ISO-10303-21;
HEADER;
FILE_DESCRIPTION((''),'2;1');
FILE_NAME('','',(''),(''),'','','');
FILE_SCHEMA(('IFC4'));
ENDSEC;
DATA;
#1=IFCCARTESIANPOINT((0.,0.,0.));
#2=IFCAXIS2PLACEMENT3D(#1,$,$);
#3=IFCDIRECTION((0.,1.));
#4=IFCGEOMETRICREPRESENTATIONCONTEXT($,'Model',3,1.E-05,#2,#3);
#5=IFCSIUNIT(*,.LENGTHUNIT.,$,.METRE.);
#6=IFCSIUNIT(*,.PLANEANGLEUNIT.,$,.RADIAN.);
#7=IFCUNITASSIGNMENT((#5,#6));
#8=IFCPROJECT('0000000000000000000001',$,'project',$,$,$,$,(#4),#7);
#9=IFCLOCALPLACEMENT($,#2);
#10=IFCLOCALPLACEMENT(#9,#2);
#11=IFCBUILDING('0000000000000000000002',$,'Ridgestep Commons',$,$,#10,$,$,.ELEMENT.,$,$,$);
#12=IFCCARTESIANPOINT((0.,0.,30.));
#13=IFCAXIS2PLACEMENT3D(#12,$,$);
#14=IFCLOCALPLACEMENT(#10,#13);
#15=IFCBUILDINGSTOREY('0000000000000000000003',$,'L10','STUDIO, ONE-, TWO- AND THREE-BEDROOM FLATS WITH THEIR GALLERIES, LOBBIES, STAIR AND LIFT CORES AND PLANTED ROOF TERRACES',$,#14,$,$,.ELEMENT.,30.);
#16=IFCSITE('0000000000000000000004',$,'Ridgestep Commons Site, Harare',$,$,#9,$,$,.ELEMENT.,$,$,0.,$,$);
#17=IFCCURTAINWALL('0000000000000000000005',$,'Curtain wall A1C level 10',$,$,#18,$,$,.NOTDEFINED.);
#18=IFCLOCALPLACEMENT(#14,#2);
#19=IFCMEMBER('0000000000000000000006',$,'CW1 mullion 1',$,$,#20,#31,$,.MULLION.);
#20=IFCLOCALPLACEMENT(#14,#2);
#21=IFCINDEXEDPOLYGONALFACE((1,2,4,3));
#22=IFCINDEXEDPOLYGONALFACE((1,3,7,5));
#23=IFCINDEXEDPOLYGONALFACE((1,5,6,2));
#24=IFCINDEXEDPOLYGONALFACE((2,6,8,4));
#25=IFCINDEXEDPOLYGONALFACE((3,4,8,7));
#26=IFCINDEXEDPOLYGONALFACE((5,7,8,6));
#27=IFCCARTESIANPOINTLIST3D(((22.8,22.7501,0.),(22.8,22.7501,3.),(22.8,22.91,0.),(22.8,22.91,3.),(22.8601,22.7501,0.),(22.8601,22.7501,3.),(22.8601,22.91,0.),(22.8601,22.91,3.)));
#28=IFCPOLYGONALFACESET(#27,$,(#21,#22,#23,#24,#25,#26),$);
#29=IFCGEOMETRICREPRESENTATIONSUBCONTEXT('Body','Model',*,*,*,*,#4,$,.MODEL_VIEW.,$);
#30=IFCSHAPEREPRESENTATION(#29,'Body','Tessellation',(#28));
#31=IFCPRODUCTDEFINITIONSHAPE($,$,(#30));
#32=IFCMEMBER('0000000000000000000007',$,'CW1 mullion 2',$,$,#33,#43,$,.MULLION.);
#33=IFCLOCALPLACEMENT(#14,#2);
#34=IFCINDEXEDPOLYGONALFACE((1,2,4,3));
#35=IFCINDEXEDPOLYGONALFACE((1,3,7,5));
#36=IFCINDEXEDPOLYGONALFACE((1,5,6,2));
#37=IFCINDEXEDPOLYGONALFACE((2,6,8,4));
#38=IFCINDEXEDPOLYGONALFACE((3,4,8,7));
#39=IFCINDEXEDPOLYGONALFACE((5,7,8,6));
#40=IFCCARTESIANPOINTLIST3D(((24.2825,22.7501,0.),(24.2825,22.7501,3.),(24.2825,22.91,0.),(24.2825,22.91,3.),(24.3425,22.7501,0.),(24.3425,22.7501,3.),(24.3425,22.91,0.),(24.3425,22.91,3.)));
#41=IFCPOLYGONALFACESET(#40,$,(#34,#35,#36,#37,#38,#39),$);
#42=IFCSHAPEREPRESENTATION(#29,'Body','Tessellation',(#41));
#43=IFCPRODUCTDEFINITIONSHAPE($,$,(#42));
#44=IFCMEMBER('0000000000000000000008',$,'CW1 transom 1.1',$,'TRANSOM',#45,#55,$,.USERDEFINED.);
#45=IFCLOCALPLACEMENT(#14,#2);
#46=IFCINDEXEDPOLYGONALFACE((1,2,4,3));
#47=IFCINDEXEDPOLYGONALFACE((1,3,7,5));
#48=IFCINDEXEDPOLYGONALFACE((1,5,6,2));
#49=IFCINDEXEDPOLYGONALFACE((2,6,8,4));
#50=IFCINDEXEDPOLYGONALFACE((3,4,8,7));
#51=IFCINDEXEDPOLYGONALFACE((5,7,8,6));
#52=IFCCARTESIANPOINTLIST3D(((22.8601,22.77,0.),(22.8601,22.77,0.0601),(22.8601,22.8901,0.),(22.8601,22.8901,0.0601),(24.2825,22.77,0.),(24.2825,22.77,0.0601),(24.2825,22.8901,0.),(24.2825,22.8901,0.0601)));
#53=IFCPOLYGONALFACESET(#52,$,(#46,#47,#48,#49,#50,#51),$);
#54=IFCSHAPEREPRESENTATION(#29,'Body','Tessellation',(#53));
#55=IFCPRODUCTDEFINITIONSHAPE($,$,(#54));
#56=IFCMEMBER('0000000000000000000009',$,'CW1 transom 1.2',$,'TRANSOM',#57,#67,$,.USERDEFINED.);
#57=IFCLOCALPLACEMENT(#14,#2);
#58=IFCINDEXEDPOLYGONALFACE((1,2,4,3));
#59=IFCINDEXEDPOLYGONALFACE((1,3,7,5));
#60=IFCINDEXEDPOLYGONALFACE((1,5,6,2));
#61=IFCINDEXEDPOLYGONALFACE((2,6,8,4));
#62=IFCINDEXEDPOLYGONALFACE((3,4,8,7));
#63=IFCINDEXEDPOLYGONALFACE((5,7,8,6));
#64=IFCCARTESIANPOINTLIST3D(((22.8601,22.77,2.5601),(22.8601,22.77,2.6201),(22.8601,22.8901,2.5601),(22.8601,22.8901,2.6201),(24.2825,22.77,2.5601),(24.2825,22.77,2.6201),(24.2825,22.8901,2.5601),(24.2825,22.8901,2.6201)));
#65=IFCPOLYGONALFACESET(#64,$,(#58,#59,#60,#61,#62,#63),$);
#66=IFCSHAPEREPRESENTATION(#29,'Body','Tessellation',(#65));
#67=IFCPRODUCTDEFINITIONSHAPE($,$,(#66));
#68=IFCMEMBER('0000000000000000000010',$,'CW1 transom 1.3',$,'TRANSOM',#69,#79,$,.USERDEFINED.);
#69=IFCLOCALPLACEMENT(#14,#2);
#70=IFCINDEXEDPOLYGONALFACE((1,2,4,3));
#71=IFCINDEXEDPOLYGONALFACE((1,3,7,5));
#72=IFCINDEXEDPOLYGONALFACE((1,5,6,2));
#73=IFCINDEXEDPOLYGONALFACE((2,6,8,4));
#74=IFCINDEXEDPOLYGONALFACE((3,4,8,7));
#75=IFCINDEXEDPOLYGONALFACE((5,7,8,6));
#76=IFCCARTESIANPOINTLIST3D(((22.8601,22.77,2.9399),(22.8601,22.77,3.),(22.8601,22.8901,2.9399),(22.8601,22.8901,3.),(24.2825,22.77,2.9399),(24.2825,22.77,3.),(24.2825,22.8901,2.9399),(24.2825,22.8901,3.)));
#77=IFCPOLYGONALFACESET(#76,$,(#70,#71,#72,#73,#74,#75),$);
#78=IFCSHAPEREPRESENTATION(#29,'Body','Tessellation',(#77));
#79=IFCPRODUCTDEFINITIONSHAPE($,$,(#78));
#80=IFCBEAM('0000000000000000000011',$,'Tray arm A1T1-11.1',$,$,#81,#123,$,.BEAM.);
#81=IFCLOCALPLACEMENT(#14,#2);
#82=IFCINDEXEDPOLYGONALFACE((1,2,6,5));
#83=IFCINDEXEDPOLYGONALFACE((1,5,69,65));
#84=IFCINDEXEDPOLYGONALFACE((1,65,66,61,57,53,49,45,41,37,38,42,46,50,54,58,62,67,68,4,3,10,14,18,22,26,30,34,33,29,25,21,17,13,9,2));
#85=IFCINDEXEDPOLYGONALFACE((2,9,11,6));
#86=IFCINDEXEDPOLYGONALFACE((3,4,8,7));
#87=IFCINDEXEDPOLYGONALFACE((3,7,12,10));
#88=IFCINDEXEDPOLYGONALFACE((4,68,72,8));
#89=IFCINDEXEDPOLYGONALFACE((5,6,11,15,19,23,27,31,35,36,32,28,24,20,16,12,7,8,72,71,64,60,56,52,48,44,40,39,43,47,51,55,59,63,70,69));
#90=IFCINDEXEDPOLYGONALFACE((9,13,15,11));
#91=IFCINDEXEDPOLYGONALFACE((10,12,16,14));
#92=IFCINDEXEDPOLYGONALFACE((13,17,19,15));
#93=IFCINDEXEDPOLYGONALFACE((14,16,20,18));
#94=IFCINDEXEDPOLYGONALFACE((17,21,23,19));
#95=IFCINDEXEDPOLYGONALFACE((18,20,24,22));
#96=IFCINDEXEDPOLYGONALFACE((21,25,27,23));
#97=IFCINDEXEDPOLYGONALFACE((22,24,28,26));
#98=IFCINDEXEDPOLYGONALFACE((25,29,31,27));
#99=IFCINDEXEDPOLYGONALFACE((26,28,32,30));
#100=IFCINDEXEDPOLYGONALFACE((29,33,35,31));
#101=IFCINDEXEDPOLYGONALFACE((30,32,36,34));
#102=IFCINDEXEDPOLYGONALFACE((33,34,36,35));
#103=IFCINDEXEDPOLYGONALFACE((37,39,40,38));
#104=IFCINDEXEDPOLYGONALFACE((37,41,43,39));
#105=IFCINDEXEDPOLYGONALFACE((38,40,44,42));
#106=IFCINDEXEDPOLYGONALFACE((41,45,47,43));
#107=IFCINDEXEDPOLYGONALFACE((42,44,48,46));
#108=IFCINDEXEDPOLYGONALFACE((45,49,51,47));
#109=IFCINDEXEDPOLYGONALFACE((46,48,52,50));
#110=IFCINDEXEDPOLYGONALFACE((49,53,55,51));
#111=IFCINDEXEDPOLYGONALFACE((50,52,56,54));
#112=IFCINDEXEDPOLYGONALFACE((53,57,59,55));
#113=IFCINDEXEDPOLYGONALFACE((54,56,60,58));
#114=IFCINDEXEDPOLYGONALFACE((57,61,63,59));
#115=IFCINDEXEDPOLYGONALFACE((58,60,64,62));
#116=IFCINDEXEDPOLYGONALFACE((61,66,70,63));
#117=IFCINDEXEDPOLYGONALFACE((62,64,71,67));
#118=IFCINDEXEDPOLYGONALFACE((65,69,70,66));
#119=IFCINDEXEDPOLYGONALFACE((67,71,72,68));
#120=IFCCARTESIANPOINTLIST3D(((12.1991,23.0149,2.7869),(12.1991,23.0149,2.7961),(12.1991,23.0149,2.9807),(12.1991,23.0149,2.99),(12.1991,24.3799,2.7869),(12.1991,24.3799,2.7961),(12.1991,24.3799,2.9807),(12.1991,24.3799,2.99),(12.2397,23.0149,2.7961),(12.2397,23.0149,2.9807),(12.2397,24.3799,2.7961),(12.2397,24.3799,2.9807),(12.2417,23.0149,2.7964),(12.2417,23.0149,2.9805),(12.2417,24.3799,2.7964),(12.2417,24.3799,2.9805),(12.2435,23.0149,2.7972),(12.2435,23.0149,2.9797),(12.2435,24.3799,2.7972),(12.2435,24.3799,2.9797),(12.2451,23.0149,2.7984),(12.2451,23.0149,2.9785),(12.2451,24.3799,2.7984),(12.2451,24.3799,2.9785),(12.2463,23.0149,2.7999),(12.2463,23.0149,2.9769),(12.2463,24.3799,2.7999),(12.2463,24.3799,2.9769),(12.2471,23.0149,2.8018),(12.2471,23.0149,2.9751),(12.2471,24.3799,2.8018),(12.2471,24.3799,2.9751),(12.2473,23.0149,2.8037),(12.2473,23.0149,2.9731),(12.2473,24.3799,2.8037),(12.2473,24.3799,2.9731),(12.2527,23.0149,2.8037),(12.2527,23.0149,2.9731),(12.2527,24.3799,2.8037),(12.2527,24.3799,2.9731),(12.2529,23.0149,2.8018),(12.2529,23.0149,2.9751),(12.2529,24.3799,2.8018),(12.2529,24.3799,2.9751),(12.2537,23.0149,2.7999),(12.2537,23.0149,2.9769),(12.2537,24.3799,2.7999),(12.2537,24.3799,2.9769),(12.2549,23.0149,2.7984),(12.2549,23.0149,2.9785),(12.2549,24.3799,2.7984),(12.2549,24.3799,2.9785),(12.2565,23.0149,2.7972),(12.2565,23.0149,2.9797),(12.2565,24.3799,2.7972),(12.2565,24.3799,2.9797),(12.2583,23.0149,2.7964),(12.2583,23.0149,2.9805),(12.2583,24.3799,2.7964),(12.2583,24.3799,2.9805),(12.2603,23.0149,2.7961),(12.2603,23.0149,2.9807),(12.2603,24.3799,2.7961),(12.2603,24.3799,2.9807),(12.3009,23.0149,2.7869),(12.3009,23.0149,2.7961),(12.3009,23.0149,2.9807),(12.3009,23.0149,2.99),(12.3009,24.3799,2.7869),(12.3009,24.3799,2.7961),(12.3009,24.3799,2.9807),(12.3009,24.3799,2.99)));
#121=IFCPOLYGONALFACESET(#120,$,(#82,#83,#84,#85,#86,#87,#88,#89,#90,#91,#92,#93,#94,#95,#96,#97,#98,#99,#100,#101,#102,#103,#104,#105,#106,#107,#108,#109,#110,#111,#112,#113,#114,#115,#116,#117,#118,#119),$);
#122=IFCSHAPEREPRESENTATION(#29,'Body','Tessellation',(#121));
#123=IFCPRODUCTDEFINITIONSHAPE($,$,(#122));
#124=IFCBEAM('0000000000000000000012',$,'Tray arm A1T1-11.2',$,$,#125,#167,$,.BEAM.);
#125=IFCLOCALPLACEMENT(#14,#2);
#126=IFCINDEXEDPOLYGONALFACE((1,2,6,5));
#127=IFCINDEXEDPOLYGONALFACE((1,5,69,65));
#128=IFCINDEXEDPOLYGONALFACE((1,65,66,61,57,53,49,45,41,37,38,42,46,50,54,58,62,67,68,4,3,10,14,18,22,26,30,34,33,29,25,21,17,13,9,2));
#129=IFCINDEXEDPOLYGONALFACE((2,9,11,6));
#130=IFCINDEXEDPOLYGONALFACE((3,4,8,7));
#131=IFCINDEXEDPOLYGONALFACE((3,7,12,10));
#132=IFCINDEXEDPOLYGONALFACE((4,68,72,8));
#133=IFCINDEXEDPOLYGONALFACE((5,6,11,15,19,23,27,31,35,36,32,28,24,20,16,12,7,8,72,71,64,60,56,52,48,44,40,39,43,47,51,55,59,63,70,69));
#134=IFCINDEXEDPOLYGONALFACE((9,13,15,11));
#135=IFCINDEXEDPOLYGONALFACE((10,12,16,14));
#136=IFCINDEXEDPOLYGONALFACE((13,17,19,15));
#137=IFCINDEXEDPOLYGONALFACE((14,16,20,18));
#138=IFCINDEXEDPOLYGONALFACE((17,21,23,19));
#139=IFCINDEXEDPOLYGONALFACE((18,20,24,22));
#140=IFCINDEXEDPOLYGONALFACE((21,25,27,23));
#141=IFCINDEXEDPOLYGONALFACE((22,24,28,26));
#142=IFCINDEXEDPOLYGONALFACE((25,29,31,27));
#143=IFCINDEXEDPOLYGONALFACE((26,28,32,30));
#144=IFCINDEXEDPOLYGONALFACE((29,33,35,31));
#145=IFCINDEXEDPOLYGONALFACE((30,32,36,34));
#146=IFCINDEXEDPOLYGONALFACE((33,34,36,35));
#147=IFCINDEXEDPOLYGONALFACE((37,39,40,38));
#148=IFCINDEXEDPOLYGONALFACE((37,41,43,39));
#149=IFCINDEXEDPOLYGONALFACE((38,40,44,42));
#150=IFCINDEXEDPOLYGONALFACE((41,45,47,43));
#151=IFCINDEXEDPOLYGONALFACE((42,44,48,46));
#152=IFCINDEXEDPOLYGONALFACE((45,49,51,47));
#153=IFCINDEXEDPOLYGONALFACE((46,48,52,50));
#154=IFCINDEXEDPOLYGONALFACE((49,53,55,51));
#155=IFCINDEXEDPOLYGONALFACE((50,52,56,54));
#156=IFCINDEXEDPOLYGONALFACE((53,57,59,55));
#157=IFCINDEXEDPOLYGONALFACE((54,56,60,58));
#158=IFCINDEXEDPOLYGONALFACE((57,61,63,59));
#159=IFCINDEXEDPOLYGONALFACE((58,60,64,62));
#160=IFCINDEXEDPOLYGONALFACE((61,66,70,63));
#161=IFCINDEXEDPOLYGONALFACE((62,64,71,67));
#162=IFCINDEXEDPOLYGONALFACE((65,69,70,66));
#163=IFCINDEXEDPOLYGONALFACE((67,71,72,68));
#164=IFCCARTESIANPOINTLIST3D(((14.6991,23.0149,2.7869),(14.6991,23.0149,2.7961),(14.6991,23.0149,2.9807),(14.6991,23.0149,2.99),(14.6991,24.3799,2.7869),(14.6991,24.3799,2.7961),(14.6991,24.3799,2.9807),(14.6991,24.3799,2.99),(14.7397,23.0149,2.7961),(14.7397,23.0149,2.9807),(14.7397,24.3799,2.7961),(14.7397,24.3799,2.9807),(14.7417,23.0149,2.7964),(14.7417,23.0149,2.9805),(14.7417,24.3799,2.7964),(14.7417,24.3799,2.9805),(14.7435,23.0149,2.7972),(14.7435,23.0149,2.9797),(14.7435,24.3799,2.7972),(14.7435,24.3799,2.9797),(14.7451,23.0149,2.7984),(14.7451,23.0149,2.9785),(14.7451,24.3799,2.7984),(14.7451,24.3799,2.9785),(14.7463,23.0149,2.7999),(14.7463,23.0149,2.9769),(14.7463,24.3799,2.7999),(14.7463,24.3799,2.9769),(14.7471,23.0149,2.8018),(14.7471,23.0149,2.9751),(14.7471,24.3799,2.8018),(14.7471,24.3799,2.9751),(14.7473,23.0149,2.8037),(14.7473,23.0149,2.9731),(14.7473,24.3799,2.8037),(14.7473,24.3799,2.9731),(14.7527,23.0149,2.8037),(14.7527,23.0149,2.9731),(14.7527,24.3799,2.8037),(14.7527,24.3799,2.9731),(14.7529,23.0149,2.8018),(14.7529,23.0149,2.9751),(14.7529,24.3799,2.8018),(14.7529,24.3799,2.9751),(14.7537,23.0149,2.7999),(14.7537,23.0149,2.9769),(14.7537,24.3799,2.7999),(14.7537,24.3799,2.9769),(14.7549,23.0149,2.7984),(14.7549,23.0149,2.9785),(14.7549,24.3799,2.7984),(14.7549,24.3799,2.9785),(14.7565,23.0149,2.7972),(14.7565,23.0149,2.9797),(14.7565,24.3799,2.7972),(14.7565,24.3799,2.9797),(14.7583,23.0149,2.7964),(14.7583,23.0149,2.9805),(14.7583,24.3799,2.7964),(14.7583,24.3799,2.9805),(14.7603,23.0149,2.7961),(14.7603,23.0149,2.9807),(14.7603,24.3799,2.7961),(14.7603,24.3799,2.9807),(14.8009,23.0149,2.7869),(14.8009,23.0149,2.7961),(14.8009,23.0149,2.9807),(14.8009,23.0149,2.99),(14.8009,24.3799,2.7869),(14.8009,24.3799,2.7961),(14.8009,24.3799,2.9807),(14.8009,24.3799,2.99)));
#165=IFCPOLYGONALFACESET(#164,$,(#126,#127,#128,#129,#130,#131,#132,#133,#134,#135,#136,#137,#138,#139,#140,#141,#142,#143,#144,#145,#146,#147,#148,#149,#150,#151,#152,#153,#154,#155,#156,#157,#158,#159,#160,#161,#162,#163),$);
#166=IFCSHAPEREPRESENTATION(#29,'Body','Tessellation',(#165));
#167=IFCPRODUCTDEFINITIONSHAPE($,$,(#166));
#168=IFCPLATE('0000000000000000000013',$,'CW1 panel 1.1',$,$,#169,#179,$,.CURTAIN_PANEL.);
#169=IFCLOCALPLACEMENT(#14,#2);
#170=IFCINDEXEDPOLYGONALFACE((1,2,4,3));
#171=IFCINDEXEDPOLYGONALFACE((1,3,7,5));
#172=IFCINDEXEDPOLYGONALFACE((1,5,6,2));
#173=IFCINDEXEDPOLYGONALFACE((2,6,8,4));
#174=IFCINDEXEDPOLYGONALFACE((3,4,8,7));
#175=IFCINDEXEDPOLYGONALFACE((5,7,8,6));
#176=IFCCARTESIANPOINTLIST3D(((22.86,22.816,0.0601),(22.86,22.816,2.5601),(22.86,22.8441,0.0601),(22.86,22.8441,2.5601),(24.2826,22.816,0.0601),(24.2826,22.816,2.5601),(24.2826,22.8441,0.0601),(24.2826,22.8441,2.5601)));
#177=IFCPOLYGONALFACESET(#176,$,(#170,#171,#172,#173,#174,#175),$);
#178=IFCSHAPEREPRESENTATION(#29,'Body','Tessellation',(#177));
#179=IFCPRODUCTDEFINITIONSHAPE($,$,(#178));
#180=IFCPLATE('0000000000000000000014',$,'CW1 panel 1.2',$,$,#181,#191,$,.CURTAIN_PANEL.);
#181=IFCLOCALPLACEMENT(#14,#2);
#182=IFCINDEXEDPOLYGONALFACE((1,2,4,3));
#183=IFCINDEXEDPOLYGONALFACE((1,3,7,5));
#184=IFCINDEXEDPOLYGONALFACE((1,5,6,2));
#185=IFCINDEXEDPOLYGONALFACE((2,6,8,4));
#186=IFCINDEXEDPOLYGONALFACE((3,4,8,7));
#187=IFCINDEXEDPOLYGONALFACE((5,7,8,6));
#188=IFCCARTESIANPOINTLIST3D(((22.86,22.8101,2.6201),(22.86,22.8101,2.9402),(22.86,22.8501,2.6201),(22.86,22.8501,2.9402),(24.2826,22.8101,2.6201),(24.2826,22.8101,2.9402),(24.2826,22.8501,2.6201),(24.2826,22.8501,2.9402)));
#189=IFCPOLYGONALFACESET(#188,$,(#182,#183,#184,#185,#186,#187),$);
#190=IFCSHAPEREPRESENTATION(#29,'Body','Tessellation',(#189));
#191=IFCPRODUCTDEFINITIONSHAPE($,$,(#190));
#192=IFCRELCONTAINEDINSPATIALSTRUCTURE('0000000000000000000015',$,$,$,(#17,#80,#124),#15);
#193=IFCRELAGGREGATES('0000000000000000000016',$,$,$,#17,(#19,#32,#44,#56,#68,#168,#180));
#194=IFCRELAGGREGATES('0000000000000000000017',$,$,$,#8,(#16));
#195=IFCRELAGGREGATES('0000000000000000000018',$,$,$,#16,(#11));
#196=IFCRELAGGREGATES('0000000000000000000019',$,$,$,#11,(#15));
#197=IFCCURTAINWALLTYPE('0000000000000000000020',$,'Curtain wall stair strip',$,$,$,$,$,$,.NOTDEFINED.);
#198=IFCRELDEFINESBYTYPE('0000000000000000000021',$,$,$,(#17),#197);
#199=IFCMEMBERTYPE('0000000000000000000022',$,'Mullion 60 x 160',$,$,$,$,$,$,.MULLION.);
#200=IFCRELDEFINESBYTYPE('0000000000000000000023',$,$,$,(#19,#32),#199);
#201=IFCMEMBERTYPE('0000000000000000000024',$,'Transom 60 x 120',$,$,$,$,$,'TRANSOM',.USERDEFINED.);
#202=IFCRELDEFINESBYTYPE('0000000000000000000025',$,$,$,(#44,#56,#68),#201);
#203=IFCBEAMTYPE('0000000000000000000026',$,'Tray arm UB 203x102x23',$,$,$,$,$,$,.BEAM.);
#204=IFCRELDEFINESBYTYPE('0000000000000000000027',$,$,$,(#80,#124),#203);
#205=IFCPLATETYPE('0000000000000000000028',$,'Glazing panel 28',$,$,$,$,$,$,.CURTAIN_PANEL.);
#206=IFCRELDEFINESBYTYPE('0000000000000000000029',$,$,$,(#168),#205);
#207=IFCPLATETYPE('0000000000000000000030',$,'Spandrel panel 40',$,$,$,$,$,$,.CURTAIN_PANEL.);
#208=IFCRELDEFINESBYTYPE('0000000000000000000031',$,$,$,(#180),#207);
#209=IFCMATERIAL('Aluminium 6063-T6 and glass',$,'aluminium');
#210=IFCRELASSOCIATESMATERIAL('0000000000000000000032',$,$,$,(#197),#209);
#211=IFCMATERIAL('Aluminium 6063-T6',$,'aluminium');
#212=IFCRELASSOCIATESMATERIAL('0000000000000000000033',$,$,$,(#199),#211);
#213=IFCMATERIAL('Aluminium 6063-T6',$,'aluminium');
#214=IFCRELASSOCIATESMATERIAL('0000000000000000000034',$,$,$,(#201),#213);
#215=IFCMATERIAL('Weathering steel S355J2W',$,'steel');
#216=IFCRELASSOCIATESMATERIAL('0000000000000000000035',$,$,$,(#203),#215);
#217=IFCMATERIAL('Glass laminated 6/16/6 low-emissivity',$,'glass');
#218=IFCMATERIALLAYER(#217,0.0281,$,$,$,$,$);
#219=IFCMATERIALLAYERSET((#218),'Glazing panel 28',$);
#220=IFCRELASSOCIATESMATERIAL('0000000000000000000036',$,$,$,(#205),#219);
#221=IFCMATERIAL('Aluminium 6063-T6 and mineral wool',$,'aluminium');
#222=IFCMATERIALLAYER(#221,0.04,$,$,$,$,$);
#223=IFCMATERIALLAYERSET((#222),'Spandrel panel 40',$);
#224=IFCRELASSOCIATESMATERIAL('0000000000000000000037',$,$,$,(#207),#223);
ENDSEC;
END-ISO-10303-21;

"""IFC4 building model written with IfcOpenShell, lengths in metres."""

from ifc_helpers import new_model, si_unit, direction, frame, origin, origin_2d, place, context, subcontext, project, spatial, rectangle, i_section, extrude, material, layer, layer_set, material_profile, profile_set, type_object, element, aggregate, save


model = new_model("IFC4")

# Units and contexts
model_context = context("Model", 3, precision=1e-05, world=origin(), true_north=direction((0.0, 1.0)))
body_context = subcontext(model_context, "Body", "Model", "MODEL_VIEW")
ifc_project = project(units=[si_unit("LENGTHUNIT", "METRE"), si_unit("PLANEANGLEUNIT", "RADIAN")], contexts=[model_context])

# Site, building, storey
site_placement = place(None, origin())
site = spatial("IfcSite", under=ifc_project, at=site_placement, Name="Ridgestep Commons Site, Harare", CompositionType="ELEMENT", RefElevation=0.0)
building_placement = place(site_placement, origin())
building = spatial("IfcBuilding", under=site, at=building_placement, Name="Ridgestep Commons", CompositionType="ELEMENT")
storey_placement = place(building_placement, frame((0.0, 0.0, 30.0)))
storey = spatial("IfcBuildingStorey", under=building, at=storey_placement, Name="L10", Description="STUDIO, ONE-, TWO- AND THREE-BEDROOM FLATS WITH THEIR GALLERIES, LOBBIES, STAIR AND LIFT CORES AND PLANTED ROOF TERRACES", CompositionType="ELEMENT", Elevation=30.0)

# Curtain wall, members
ifc_material_1 = material(Name="Aluminium 6063-T6 and glass", Category="aluminium")
curtain_wall_type = type_object("IfcCurtainWallType", Name="Curtain wall stair strip", PredefinedType="NOTDEFINED", material=ifc_material_1)
curtain_wall_placement = place(storey_placement, origin())
curtain_wall = element("IfcCurtainWall", 1, at=curtain_wall_placement, inside=storey, type_object=curtain_wall_type, Name="Curtain wall A1C level 10", PredefinedType="NOTDEFINED")
ifc_material_2 = material(Name="Aluminium 6063-T6", Category="aluminium")
ifc_material_profile_1 = material_profile(ifc_material_2, rectangle(XDim=0.1599, YDim=0.0601, at=origin_2d()), Name="Mullion 60 x 160")
ifc_profile_set_1 = profile_set([ifc_material_profile_1], Name="Aluminium 6063-T6")
member_type_1 = type_object("IfcMemberType", Name="Mullion 60 x 160", PredefinedType="MULLION", material=ifc_profile_set_1)
member_1_placement = place(storey_placement, frame((22.8301, 22.8301, 0.0), z_axis=(0.0, 0.0, 1.0), x_axis=(0.0, 1.0, 0.0)))
member_1 = element("IfcMember", 2, at=member_1_placement, type_object=member_type_1, Name="CW1 mullion 1", PredefinedType="MULLION", context=body_context, shape_type="SweptSolid", body=[
    extrude(rectangle(XDim=0.1599, YDim=0.0601, at=origin_2d()), origin(), (0.0, 0.0, 1.0), 3.0),
])
member_2_placement = place(storey_placement, frame((24.3125, 22.8301, 0.0), z_axis=(0.0, 0.0, 1.0), x_axis=(0.0, 1.0, 0.0)))
member_2 = element("IfcMember", 3, at=member_2_placement, type_object=member_type_1, Name="CW1 mullion 2", PredefinedType="MULLION", context=body_context, shape_type="SweptSolid", body=[
    extrude(rectangle(XDim=0.1599, YDim=0.0601, at=origin_2d()), origin(), (0.0, 0.0, 1.0), 3.0),
])
ifc_material_3 = material(Name="Aluminium 6063-T6", Category="aluminium")
ifc_material_profile_2 = material_profile(ifc_material_3, rectangle(XDim=0.1201, YDim=0.0601, at=origin_2d()), Name="Transom 60 x 120")
ifc_profile_set_2 = profile_set([ifc_material_profile_2], Name="Aluminium 6063-T6")
member_type_2 = type_object("IfcMemberType", Name="Transom 60 x 120", ElementType="TRANSOM", PredefinedType="USERDEFINED", material=ifc_profile_set_2)
member_3_placement = place(storey_placement, frame((22.8601, 22.8301, 0.03), z_axis=(1.0, 0.0, 0.0), x_axis=(0.0, 1.0, 0.0)))
member_3 = element("IfcMember", 4, at=member_3_placement, type_object=member_type_2, Name="CW1 transom 1.1", ObjectType="TRANSOM", PredefinedType="USERDEFINED", context=body_context, shape_type="SweptSolid", body=[
    extrude(rectangle(XDim=0.1201, YDim=0.0601, at=origin_2d()), origin(), (0.0, 0.0, 1.0), 1.4224),
])
member_4_placement = place(storey_placement, frame((22.8601, 22.8301, 2.5901), z_axis=(1.0, 0.0, 0.0), x_axis=(0.0, 1.0, 0.0)))
member_4 = element("IfcMember", 5, at=member_4_placement, type_object=member_type_2, Name="CW1 transom 1.2", ObjectType="TRANSOM", PredefinedType="USERDEFINED", context=body_context, shape_type="SweptSolid", body=[
    extrude(rectangle(XDim=0.1201, YDim=0.0601, at=origin_2d()), origin(), (0.0, 0.0, 1.0), 1.4224),
])
member_5_placement = place(storey_placement, frame((22.8601, 22.8301, 2.97), z_axis=(1.0, 0.0, 0.0), x_axis=(0.0, 1.0, 0.0)))
member_5 = element("IfcMember", 6, at=member_5_placement, type_object=member_type_2, Name="CW1 transom 1.3", ObjectType="TRANSOM", PredefinedType="USERDEFINED", context=body_context, shape_type="SweptSolid", body=[
    extrude(rectangle(XDim=0.1201, YDim=0.0601, at=origin_2d()), origin(), (0.0, 0.0, 1.0), 1.4224),
])

# Beams
ifc_material_4 = material(Name="Weathering steel S355J2W", Category="steel")
ifc_material_profile_3 = material_profile(ifc_material_4, i_section(OverallWidth=0.1018, OverallDepth=0.2031, WebThickness=0.0054, FlangeThickness=0.0093, FilletRadius=0.0076, at=origin_2d()), Name="UB 203x102x23")
ifc_profile_set_3 = profile_set([ifc_material_profile_3], Name="Weathering steel S355J2W")
beam_type = type_object("IfcBeamType", Name="Tray arm UB 203x102x23", PredefinedType="BEAM", material=ifc_profile_set_3)
for number, where, z_axis, x_axis, name in (
    (7, (12.25, 23.0149, 2.8884), (0.0, 1.0, 0.0), (-1.0, 0.0, 0.0), "Tray arm A1T1-11.1"),
    (8, (14.75, 23.0149, 2.8884), (0.0, 1.0, 0.0), (-1.0, 0.0, 0.0), "Tray arm A1T1-11.2"),
):
    element("IfcBeam", number, at=place(storey_placement, frame(where, z_axis=z_axis, x_axis=x_axis)), inside=storey, type_object=beam_type, Name=name, PredefinedType="BEAM", context=body_context, shape_type="SweptSolid", body=[
        extrude(i_section(OverallWidth=0.1018, OverallDepth=0.2031, WebThickness=0.0054, FlangeThickness=0.0093, FilletRadius=0.0076, at=origin_2d()), origin(), (0.0, 0.0, 1.0), 1.365),
    ])

# Plates
ifc_material_5 = material(Name="Glass laminated 6/16/6 low-emissivity", Category="glass")
ifc_layer_1 = layer(ifc_material_5, 0.0281)
ifc_layer_set_1 = layer_set([ifc_layer_1], Name="Glazing panel 28")
plate_type_1 = type_object("IfcPlateType", Name="Glazing panel 28", PredefinedType="CURTAIN_PANEL", material=ifc_layer_set_1)
plate_1_placement = place(storey_placement, frame((23.5713, 22.8301, 0.0601), z_axis=(0.0, 0.0, 1.0), x_axis=(1.0, 0.0, 0.0)))
plate_1 = element("IfcPlate", 9, at=plate_1_placement, type_object=plate_type_1, Name="CW1 panel 1.1", PredefinedType="CURTAIN_PANEL", context=body_context, shape_type="SweptSolid", body=[
    extrude(rectangle(XDim=1.4226, YDim=0.0281, at=origin_2d()), origin(), (0.0, 0.0, 1.0), 2.5),
])
ifc_material_6 = material(Name="Aluminium 6063-T6 and mineral wool", Category="aluminium")
ifc_layer_2 = layer(ifc_material_6, 0.04)
ifc_layer_set_2 = layer_set([ifc_layer_2], Name="Spandrel panel 40")
plate_type_2 = type_object("IfcPlateType", Name="Spandrel panel 40", PredefinedType="CURTAIN_PANEL", material=ifc_layer_set_2)
plate_2_placement = place(storey_placement, frame((23.5713, 22.8301, 2.6201), z_axis=(0.0, 0.0, 1.0), x_axis=(1.0, 0.0, 0.0)))
plate_2 = element("IfcPlate", 10, at=plate_2_placement, type_object=plate_type_2, Name="CW1 panel 1.2", PredefinedType="CURTAIN_PANEL", context=body_context, shape_type="SweptSolid", body=[
    extrude(rectangle(XDim=1.4226, YDim=0.04, at=origin_2d()), origin(), (0.0, 0.0, 1.0), 0.3201),
])
aggregate(curtain_wall, [member_1, member_2, member_3, member_4, member_5, plate_1, plate_2])

save(model, "model.ifc")
